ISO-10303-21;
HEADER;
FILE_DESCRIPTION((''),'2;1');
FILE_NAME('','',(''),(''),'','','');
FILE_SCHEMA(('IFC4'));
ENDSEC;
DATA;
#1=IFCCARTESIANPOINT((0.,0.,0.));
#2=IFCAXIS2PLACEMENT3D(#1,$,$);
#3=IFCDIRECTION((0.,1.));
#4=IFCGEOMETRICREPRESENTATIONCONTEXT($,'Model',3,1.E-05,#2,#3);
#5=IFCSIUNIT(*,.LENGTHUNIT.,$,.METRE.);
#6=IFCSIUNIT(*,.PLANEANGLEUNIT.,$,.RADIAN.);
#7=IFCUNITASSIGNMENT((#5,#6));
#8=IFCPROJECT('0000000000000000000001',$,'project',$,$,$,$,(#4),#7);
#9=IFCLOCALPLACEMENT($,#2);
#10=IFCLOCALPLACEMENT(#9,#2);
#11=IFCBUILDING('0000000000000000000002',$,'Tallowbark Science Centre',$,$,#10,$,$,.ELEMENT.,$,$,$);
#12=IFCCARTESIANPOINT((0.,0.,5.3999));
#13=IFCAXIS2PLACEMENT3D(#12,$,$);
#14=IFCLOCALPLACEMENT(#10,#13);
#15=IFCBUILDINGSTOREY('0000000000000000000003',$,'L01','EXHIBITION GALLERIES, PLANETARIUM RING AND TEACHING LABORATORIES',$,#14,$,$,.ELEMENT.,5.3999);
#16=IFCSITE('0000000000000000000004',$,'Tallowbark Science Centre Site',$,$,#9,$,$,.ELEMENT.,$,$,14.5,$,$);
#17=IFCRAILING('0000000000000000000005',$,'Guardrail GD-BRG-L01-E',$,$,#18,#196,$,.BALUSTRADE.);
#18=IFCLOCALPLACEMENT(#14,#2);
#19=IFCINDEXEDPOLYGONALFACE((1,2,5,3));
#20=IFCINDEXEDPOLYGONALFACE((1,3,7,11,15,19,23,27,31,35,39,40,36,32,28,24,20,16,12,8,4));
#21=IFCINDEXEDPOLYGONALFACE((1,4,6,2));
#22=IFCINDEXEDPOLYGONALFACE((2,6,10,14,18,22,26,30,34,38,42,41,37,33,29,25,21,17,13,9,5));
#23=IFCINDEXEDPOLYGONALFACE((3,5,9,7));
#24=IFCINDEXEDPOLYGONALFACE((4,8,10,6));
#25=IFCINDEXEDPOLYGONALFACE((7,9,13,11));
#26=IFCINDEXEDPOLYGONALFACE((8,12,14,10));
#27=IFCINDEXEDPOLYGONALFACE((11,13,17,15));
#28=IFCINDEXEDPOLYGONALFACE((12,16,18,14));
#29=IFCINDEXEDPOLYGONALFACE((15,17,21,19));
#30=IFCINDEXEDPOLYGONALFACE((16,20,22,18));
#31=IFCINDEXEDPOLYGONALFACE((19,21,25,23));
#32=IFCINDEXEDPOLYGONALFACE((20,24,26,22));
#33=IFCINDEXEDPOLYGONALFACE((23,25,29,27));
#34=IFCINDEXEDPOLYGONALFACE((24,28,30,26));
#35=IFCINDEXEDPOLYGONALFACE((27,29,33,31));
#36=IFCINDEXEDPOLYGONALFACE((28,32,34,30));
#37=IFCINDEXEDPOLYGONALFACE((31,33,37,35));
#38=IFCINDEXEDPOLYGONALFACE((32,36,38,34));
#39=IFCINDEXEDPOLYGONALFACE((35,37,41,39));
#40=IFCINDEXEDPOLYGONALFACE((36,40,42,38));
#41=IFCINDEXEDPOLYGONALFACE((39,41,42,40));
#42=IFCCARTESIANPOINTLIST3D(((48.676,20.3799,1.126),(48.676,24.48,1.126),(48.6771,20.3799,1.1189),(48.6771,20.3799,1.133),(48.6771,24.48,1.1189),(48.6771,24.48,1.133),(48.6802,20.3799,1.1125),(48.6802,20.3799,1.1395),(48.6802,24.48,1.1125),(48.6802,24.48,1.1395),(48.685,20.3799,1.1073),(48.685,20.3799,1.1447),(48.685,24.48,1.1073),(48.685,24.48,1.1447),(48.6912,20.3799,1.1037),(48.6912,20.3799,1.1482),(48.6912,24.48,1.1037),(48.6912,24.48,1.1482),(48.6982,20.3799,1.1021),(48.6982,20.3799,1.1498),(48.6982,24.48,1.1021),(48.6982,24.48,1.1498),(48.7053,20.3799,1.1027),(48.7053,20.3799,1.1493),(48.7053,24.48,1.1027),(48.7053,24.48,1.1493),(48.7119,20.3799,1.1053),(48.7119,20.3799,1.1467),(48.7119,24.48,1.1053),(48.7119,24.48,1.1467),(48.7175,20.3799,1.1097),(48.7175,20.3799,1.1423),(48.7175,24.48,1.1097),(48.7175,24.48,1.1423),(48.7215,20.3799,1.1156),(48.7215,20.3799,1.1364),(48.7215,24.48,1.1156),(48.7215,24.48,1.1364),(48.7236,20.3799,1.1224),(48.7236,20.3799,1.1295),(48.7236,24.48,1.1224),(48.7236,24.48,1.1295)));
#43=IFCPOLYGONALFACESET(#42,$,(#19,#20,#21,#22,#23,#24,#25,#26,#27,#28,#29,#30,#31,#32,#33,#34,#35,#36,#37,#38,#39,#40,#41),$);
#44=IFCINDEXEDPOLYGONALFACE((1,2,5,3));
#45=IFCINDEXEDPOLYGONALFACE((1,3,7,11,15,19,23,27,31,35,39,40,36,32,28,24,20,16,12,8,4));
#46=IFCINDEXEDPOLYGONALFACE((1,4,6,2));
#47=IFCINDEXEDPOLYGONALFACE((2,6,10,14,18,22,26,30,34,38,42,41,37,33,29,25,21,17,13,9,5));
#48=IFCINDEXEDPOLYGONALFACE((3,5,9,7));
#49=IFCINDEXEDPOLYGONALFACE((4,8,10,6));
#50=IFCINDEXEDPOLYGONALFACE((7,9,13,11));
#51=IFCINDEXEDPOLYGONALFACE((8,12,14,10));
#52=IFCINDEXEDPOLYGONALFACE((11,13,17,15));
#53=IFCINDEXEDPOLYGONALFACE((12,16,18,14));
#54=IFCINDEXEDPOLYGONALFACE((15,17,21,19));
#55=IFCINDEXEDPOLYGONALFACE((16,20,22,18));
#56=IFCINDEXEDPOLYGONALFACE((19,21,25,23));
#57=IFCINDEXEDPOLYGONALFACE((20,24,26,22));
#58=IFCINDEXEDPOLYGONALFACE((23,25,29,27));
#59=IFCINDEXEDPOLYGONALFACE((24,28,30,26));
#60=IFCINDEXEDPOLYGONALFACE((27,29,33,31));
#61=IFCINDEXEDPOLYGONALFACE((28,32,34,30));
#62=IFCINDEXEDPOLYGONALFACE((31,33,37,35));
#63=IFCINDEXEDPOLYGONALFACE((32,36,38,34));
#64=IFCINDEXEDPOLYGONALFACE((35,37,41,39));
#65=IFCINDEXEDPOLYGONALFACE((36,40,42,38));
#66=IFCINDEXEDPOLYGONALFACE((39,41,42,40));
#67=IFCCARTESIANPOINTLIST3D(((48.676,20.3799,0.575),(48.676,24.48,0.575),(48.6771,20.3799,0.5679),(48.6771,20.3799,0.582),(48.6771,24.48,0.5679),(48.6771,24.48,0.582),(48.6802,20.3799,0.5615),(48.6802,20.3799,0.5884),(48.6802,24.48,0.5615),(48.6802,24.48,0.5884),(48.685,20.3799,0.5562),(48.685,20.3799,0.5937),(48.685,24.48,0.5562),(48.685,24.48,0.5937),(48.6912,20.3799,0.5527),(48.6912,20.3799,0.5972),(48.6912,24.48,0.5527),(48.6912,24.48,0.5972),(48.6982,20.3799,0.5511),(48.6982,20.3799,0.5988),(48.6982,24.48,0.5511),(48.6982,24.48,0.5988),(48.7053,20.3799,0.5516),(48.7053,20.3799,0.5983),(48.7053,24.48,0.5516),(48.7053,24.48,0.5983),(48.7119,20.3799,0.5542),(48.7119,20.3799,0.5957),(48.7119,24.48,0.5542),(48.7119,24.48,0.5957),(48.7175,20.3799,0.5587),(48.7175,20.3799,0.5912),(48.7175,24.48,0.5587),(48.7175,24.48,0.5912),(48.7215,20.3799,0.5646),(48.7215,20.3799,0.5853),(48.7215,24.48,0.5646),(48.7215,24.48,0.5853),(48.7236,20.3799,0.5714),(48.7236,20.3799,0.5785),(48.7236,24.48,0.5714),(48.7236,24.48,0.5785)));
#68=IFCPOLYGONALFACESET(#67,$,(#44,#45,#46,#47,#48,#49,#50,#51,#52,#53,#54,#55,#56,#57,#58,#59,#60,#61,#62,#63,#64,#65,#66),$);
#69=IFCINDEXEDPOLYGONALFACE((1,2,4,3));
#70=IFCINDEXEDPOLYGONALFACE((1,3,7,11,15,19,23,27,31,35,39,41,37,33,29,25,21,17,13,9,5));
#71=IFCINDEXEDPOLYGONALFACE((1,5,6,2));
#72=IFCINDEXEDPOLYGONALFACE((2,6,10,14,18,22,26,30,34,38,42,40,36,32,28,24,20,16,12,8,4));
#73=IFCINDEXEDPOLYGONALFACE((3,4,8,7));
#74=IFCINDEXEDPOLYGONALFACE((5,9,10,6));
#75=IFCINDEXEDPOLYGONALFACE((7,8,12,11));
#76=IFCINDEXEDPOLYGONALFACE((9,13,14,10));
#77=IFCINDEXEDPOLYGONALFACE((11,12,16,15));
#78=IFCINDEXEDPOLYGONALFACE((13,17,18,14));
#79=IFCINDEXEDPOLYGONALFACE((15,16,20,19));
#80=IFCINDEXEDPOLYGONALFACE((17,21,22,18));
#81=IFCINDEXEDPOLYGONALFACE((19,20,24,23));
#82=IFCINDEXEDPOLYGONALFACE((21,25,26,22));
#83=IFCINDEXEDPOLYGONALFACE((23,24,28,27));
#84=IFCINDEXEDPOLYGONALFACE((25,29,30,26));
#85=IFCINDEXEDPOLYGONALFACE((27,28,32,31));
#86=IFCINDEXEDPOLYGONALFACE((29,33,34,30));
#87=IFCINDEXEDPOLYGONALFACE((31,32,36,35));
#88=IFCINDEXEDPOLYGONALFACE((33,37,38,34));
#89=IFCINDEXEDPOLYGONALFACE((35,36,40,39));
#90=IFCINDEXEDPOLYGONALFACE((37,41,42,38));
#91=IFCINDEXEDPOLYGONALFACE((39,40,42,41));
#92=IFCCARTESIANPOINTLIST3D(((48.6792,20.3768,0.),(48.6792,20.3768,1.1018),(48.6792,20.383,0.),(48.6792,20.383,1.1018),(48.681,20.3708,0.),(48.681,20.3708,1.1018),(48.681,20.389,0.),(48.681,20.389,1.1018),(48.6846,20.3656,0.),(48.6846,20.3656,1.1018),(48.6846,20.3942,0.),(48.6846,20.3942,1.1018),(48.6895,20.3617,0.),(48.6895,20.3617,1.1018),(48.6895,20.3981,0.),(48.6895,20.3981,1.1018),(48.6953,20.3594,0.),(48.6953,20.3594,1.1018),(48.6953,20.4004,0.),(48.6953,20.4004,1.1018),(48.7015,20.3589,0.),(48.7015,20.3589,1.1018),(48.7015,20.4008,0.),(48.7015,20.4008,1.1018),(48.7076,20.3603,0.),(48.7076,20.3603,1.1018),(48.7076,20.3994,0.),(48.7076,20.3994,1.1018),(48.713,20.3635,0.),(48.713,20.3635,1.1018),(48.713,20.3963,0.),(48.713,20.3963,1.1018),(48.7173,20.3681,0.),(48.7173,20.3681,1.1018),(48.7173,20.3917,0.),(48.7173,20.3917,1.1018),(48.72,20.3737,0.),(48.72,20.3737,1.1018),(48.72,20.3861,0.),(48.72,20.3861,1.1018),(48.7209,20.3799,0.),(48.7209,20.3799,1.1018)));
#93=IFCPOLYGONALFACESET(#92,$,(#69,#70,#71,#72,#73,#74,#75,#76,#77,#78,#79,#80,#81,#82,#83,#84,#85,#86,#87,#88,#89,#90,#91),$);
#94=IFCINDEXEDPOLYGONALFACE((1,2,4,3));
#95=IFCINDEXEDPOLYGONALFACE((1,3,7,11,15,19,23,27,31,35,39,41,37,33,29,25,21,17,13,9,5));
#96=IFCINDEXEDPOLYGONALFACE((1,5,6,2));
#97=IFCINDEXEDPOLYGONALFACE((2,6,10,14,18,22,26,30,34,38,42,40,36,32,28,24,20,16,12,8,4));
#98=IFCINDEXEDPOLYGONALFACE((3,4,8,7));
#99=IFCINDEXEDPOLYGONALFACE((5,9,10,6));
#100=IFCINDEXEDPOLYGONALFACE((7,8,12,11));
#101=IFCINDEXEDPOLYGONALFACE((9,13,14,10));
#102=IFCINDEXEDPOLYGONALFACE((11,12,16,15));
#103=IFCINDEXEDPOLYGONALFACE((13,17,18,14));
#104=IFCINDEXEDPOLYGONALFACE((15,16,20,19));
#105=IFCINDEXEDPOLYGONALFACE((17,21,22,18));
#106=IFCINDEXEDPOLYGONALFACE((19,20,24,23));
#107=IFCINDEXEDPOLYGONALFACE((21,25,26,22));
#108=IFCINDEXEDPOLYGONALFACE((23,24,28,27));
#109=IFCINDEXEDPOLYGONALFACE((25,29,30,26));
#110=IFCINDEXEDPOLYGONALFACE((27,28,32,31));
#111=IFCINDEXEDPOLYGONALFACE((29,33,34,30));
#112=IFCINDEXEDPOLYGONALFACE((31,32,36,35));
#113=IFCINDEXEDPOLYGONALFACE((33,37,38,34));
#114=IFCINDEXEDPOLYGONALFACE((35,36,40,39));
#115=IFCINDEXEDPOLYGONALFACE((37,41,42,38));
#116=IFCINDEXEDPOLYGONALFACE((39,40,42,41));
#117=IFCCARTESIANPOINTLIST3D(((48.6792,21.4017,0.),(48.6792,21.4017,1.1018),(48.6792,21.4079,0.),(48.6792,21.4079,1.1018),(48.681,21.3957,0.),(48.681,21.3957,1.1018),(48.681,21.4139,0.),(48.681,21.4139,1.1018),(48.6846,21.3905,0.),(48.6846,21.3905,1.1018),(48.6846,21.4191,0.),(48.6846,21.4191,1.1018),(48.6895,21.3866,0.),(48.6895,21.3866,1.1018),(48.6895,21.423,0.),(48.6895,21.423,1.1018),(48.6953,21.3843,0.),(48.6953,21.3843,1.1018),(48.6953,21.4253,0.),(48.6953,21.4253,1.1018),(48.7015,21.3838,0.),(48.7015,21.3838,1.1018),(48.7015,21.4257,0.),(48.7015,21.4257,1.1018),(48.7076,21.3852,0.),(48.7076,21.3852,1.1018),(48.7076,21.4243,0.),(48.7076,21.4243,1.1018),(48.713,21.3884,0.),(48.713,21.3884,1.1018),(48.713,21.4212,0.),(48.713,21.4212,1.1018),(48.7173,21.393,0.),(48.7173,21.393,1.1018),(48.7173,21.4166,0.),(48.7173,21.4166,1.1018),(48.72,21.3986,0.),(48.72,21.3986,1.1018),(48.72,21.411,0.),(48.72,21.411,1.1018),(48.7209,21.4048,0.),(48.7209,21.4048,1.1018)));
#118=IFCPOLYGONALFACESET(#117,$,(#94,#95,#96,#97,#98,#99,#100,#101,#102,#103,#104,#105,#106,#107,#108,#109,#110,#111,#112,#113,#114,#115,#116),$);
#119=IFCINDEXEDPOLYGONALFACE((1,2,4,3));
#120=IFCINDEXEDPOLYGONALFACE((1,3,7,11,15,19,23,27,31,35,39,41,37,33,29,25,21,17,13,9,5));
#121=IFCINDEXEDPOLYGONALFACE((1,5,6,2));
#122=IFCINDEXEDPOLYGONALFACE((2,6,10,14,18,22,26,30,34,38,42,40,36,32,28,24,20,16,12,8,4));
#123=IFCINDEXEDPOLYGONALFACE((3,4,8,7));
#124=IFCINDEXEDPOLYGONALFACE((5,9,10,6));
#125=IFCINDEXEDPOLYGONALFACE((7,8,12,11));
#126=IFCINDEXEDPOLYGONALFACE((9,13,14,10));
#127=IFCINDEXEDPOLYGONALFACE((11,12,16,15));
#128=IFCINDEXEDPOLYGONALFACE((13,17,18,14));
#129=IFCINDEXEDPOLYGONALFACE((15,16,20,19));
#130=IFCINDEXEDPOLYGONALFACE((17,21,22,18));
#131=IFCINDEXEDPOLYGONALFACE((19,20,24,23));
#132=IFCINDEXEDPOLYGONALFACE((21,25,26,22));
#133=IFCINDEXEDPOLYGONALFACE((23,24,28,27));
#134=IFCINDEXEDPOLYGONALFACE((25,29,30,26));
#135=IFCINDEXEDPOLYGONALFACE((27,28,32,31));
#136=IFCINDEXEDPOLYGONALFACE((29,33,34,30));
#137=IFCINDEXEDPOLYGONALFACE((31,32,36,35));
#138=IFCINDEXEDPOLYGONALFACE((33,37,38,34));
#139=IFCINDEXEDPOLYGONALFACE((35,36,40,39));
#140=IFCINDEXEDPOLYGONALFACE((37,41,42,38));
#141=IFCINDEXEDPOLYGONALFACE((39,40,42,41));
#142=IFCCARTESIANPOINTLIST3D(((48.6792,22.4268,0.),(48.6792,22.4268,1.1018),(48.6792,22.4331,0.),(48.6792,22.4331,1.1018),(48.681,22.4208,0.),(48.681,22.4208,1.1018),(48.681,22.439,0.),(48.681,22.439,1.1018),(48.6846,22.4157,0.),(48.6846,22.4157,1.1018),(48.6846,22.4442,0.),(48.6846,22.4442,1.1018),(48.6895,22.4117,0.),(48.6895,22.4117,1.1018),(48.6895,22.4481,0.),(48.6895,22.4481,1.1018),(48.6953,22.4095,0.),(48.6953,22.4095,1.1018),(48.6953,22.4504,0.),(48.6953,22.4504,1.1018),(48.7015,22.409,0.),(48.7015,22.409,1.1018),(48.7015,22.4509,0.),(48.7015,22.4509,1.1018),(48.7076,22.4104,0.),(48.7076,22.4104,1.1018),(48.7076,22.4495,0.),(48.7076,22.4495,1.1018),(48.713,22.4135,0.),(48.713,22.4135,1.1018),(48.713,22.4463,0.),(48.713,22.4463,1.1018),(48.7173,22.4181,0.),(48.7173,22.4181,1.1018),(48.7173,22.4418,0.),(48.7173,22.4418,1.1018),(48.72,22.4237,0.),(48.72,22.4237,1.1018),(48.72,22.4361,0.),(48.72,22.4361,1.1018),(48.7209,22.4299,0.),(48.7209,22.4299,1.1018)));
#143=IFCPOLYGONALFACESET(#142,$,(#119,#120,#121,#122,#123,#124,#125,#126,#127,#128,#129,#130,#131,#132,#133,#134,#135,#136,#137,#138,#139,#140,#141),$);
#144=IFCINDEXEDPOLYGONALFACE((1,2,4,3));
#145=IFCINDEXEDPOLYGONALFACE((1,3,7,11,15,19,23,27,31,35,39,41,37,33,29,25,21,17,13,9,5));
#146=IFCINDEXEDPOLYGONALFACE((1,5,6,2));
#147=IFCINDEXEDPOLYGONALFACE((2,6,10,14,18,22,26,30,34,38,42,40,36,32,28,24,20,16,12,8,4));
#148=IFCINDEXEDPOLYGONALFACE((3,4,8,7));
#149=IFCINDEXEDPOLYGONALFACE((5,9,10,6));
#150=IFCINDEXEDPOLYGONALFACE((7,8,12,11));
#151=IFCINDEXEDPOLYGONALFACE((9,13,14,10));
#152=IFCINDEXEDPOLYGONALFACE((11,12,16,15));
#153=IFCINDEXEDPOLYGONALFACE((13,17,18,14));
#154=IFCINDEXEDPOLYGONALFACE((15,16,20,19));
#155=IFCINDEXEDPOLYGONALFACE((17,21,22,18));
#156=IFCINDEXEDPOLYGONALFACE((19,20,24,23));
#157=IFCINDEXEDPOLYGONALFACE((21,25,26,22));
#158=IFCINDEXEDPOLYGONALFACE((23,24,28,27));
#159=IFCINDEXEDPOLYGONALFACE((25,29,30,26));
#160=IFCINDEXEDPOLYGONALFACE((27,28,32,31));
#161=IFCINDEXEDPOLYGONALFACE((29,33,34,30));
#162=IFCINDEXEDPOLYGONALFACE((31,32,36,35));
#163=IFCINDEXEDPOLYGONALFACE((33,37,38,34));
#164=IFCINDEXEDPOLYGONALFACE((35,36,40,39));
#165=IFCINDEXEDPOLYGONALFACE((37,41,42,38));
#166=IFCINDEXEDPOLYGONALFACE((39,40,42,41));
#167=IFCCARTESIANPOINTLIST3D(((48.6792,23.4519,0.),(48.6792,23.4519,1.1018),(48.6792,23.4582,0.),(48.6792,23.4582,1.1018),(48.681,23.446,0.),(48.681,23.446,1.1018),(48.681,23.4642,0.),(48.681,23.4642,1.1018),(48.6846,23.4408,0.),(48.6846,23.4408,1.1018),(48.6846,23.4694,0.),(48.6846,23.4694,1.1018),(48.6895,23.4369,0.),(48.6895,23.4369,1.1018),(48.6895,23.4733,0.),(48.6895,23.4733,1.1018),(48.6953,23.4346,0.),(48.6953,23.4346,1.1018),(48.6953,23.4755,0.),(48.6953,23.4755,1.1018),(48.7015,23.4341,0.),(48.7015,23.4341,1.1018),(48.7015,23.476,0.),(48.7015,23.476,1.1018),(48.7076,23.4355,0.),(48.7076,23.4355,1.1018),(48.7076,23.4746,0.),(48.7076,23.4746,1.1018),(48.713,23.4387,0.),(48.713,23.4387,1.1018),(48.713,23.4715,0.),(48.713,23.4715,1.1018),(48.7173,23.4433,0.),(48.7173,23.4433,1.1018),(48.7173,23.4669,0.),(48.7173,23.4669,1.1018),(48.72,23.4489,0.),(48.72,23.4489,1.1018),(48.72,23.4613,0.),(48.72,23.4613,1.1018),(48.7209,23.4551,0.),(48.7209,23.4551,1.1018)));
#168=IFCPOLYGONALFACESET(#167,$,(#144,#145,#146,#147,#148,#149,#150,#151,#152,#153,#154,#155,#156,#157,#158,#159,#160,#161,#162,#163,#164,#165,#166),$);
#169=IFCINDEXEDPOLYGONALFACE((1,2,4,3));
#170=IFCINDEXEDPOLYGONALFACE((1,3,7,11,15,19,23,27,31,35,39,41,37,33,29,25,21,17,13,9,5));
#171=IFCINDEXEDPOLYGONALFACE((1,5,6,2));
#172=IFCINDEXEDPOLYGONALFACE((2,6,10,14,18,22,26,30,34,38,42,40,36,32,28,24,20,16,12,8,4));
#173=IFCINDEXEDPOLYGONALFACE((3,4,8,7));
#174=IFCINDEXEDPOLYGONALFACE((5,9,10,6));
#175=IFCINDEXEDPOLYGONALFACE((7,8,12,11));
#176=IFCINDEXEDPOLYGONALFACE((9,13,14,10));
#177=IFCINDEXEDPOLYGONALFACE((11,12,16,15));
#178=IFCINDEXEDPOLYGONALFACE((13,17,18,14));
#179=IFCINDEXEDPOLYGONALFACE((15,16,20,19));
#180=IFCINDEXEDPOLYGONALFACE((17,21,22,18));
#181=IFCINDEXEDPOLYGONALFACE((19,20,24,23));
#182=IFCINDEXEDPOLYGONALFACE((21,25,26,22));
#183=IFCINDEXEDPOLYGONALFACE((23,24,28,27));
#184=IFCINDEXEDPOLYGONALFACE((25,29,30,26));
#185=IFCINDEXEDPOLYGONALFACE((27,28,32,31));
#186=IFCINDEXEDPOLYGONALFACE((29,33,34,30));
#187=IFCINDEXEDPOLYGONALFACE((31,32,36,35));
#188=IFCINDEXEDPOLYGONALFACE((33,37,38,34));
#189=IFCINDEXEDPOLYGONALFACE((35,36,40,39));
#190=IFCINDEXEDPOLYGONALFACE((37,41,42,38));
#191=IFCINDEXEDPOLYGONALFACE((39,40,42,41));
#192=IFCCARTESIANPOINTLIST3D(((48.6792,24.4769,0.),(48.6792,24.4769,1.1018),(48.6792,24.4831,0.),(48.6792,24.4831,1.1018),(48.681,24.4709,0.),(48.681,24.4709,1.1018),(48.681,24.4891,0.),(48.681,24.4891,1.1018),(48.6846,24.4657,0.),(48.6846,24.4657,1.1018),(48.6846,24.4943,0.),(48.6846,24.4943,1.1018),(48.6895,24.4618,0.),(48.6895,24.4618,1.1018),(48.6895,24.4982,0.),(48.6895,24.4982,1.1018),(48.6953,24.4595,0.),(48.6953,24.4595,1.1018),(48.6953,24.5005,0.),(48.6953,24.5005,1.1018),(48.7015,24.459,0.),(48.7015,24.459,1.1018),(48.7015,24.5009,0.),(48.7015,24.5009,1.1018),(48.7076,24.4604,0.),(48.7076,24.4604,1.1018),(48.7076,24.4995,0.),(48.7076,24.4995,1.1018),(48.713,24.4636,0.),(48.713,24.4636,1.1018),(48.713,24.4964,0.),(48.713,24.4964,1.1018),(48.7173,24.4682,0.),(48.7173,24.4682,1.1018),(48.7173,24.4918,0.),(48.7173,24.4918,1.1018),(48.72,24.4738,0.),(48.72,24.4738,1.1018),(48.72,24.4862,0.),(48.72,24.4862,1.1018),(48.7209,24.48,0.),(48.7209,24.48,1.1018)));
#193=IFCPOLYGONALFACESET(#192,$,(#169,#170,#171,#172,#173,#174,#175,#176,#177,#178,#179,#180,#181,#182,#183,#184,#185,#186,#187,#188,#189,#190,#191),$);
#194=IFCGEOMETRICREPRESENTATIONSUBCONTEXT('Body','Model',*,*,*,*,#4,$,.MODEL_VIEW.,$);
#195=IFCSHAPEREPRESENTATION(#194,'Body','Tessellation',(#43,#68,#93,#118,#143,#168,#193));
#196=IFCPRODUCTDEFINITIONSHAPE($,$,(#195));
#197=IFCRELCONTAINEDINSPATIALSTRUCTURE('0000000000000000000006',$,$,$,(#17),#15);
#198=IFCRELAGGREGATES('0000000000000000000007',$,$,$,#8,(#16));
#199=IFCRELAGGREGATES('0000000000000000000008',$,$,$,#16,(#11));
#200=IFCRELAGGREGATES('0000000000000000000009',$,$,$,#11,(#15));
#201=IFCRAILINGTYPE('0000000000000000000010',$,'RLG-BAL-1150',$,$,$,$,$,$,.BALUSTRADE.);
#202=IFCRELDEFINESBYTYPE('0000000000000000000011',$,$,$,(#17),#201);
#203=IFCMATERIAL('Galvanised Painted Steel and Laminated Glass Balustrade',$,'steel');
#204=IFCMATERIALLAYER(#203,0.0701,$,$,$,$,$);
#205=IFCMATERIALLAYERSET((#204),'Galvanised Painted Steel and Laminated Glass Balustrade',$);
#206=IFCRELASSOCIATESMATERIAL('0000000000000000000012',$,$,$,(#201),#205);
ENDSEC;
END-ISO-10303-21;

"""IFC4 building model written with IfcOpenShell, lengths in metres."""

from ifc_helpers import new_model, si_unit, direction, frame, origin, origin_2d, place, context, subcontext, project, spatial, circle, extrude, material, layer, layer_set, type_object, element, save


model = new_model("IFC4")

# Units and contexts
model_context = context("Model", 3, precision=1e-05, world=origin(), true_north=direction((0.0, 1.0)))
body_context = subcontext(model_context, "Body", "Model", "MODEL_VIEW")
ifc_project = project(units=[si_unit("LENGTHUNIT", "METRE"), si_unit("PLANEANGLEUNIT", "RADIAN")], contexts=[model_context])

# Site, building, storey
site_placement = place(None, origin())
site = spatial("IfcSite", under=ifc_project, at=site_placement, Name="Tallowbark Science Centre Site", CompositionType="ELEMENT", RefElevation=14.5)
building_placement = place(site_placement, origin())
building = spatial("IfcBuilding", under=site, at=building_placement, Name="Tallowbark Science Centre", CompositionType="ELEMENT")
storey_placement = place(building_placement, frame((0.0, 0.0, 5.3999)))
storey = spatial("IfcBuildingStorey", under=building, at=storey_placement, Name="L01", Description="EXHIBITION GALLERIES, PLANETARIUM RING AND TEACHING LABORATORIES", CompositionType="ELEMENT", Elevation=5.3999)

# Railing
ifc_material_1 = material(Name="Galvanised Painted Steel and Laminated Glass Balustrade", Category="steel")
ifc_layer_1 = layer(ifc_material_1, 0.0701)
ifc_layer_set_1 = layer_set([ifc_layer_1], Name="Galvanised Painted Steel and Laminated Glass Balustrade")
railing_type = type_object("IfcRailingType", Name="RLG-BAL-1150", PredefinedType="BALUSTRADE", material=ifc_layer_set_1)
railing_1_placement = place(storey_placement, frame((48.7, 20.3799, 0.0)))
element("IfcRailing", 1, at=railing_1_placement, inside=storey, type_object=railing_type, Name="Guardrail GD-BRG-L01-E", PredefinedType="BALUSTRADE", context=body_context, shape_type="SweptSolid", body=[
    extrude(circle(Radius=0.0239, at=origin_2d()), frame((0.0, 0.0, 1.126), z_axis=(0.0, 1.0, 0.0), x_axis=(-1.0, 0.0, 0.0)), (0.0, 0.0, 1.0), 4.1001),
    extrude(circle(Radius=0.0239, at=origin_2d()), frame((0.0, 0.0, 0.575), z_axis=(0.0, 1.0, 0.0), x_axis=(-1.0, 0.0, 0.0)), (0.0, 0.0, 1.0), 4.1001),
    extrude(circle(Radius=0.021, at=origin_2d()), origin(), (0.0, 0.0, 1.0), 1.1018),
    extrude(circle(Radius=0.021, at=origin_2d()), frame((0.0, 1.0249, 0.0)), (0.0, 0.0, 1.0), 1.1018),
    extrude(circle(Radius=0.021, at=origin_2d()), frame((0.0, 2.05, 0.0)), (0.0, 0.0, 1.0), 1.1018),
    extrude(circle(Radius=0.021, at=origin_2d()), frame((0.0, 3.0752, 0.0)), (0.0, 0.0, 1.0), 1.1018),
    extrude(circle(Radius=0.021, at=origin_2d()), frame((0.0, 4.1001, 0.0)), (0.0, 0.0, 1.0), 1.1018),
])

save(model, "model.ifc")
